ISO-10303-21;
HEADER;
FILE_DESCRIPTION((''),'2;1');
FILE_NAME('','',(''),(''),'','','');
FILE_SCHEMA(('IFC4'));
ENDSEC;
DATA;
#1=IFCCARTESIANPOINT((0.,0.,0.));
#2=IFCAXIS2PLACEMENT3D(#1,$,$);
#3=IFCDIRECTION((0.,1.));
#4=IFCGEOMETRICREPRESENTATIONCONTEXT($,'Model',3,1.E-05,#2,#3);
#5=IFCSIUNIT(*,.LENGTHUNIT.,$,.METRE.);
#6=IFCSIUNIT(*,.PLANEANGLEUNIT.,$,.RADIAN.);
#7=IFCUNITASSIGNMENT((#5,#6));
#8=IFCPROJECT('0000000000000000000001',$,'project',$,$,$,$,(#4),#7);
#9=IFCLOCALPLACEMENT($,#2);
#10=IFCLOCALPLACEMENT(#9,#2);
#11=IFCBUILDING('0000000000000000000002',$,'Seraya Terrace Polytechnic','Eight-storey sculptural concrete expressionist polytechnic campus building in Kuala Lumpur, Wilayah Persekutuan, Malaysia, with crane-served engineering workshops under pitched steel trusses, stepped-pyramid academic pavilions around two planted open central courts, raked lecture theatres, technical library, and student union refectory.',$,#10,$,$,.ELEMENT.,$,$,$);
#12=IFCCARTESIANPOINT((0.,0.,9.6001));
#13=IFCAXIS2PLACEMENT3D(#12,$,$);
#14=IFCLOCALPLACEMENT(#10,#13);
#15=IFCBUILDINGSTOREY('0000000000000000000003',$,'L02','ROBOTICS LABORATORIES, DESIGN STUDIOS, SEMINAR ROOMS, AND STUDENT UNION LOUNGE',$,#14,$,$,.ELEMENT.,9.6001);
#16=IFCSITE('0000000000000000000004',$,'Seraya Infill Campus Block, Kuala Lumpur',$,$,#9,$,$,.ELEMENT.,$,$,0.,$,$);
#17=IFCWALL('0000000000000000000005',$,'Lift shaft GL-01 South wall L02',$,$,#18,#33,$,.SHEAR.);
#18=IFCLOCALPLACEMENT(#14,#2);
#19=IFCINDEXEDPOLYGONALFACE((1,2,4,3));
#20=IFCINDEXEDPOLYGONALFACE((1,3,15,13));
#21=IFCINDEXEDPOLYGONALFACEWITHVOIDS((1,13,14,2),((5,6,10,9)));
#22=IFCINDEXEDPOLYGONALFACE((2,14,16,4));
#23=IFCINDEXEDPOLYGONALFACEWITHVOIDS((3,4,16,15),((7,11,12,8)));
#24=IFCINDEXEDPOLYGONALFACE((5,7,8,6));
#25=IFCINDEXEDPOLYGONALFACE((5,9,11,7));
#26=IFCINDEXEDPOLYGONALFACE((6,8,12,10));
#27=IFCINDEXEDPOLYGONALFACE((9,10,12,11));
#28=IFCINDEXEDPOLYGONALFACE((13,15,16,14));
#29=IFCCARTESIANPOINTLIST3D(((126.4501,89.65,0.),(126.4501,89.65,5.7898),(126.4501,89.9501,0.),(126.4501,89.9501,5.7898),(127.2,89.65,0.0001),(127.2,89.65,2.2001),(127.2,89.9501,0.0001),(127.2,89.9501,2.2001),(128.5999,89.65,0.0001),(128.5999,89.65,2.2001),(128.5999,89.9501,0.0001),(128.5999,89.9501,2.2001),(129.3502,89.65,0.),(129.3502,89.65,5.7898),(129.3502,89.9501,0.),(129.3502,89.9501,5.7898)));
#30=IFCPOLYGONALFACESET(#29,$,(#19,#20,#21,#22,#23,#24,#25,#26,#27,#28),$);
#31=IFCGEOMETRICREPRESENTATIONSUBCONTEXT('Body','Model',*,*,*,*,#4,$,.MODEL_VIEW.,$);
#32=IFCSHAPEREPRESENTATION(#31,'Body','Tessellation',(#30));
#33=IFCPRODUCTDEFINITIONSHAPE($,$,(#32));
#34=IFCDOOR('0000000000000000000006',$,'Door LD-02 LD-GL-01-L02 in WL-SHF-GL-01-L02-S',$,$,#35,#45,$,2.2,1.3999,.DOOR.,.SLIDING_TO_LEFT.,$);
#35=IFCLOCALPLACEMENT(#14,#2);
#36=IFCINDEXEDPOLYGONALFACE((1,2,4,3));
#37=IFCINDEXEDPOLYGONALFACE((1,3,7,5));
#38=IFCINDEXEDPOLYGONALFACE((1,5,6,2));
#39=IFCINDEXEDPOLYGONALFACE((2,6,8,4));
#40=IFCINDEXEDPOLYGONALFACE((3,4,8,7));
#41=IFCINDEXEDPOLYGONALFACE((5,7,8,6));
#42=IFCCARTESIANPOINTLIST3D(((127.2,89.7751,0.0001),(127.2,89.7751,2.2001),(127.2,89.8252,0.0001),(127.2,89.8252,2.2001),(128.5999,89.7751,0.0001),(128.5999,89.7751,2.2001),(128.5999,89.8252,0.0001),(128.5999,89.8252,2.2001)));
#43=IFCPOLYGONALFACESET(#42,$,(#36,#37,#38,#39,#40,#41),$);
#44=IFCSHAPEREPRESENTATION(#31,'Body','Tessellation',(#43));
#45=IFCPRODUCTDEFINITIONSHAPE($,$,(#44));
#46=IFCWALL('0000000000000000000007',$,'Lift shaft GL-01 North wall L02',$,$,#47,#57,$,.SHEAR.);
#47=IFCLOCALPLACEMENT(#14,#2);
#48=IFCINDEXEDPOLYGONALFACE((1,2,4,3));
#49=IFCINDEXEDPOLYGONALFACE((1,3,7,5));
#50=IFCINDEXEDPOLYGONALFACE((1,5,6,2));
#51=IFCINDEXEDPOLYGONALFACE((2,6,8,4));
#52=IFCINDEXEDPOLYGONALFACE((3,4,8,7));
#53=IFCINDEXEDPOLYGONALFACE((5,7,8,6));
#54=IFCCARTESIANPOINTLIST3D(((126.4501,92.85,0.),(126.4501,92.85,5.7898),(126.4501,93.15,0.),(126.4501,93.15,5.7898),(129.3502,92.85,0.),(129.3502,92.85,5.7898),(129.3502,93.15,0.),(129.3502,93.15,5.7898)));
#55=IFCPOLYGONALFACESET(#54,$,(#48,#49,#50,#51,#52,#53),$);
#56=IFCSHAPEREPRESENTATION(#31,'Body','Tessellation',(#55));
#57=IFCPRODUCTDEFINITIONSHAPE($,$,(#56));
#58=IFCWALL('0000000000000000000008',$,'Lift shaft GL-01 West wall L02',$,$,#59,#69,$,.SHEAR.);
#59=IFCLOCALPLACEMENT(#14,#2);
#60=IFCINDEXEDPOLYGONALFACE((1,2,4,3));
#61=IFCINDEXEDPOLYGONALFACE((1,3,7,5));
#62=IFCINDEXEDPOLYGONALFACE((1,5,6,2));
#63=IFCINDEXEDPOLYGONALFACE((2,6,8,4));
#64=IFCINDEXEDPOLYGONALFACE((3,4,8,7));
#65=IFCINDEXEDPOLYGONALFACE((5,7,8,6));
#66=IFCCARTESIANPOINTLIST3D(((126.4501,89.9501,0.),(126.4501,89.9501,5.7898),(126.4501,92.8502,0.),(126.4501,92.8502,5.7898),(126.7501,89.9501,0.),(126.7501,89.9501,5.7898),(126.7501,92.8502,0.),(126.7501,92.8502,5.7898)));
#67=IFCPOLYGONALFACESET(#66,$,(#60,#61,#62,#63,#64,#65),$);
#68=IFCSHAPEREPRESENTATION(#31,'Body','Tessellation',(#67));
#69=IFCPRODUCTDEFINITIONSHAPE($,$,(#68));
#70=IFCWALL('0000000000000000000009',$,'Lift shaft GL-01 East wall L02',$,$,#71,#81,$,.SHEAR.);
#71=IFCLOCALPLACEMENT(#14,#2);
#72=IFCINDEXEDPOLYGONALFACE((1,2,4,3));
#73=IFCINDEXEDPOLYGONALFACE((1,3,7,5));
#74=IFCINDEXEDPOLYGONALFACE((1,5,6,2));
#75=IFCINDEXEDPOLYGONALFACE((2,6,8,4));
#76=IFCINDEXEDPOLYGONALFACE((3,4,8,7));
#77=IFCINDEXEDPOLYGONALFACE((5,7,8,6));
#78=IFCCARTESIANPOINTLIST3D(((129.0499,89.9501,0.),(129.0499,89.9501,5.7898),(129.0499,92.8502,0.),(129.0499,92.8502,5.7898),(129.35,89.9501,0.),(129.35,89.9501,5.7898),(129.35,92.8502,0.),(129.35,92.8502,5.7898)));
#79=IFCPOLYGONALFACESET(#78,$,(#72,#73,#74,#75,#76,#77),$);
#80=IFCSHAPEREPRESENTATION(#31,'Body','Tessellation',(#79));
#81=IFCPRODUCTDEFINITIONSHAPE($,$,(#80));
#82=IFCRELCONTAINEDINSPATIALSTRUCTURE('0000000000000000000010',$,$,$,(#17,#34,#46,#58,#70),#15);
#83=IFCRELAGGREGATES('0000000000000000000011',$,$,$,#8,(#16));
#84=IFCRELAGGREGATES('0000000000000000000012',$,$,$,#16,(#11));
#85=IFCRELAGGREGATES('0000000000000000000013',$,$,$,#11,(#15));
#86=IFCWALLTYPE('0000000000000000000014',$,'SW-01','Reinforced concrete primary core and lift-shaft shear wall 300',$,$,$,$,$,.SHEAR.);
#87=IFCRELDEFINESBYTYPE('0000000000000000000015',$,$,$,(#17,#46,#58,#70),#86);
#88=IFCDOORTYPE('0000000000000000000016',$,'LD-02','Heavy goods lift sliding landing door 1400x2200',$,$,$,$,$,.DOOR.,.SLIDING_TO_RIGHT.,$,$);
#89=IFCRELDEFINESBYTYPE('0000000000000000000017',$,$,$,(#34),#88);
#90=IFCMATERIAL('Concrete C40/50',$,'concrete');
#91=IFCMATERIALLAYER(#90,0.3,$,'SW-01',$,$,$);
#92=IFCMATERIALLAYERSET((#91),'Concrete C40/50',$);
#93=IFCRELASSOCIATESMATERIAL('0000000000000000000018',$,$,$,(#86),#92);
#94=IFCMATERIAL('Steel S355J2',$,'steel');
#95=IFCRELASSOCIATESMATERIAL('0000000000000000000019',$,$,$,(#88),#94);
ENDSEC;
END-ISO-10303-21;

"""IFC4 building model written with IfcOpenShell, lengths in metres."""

from ifc_helpers import new_model, si_unit, direction, frame, frame_2d, origin, place, context, subcontext, project, spatial, rectangle, extrude, material, layer, layer_set, type_object, element, fill, save


model = new_model("IFC4")

# Units and contexts
model_context = context("Model", 3, precision=1e-05, world=origin(), true_north=direction((0.0, 1.0)))
body_context = subcontext(model_context, "Body", "Model", "MODEL_VIEW")
ifc_project = project(units=[si_unit("LENGTHUNIT", "METRE"), si_unit("PLANEANGLEUNIT", "RADIAN")], contexts=[model_context])

# Site, building, storey
site_placement = place(None, origin())
site = spatial("IfcSite", under=ifc_project, at=site_placement, Name="Seraya Infill Campus Block, Kuala Lumpur", CompositionType="ELEMENT", RefElevation=0.0)
building_placement = place(site_placement, origin())
building = spatial("IfcBuilding", under=site, at=building_placement, Name="Seraya Terrace Polytechnic", Description="Eight-storey sculptural concrete expressionist polytechnic campus building in Kuala Lumpur, Wilayah Persekutuan, Malaysia, with crane-served engineering workshops under pitched steel trusses, stepped-pyramid academic pavilions around two planted open central courts, raked lecture theatres, technical library, and student union refectory.", CompositionType="ELEMENT")
storey_placement = place(building_placement, frame((0.0, 0.0, 9.6001)))
storey = spatial("IfcBuildingStorey", under=building, at=storey_placement, Name="L02", Description="ROBOTICS LABORATORIES, DESIGN STUDIOS, SEMINAR ROOMS, AND STUDENT UNION LOUNGE", CompositionType="ELEMENT", Elevation=9.6001)

# Shared definitions
ifc_material_1 = material(Name="Concrete C40/50", Category="concrete")

# Wall, opening, door
ifc_layer_1 = layer(ifc_material_1, 0.3, Name="SW-01")
ifc_layer_set_1 = layer_set([ifc_layer_1], Name="Concrete C40/50")
wall_type_1 = type_object("IfcWallType", Name="SW-01", Description="Reinforced concrete primary core and lift-shaft shear wall 300", PredefinedType="SHEAR", material=ifc_layer_set_1)
wall_1_placement = place(storey_placement, frame((126.45, 89.8, 0.0), z_axis=(0.0, 0.0, 1.0), x_axis=(1.0, 0.0, 0.0)))
wall_1 = element("IfcWall", 1, at=wall_1_placement, inside=storey, type_object=wall_type_1, Name="Lift shaft GL-01 South wall L02", PredefinedType="SHEAR", context=body_context, shape_type="SweptSolid", body=[
    extrude(rectangle(XDim=2.9001, YDim=0.3, at=frame_2d((1.4502, 0.0))), origin(), (0.0, 0.0, 1.0), 5.7898),
])
opening_1_placement = place(wall_1_placement, frame((0.75, 0.0, 0.0)))
opening_1 = element("IfcOpeningElement", 2, at=opening_1_placement, cuts=wall_1, PredefinedType="OPENING", context=body_context, shape_type="SweptSolid", body=[
    extrude(rectangle(XDim=1.3999, YDim=2.2, at=frame_2d((0.7, 1.1001))), frame((0.0, 0.1621, 0.0), z_axis=(0.0, -1.0, 0.0), x_axis=(1.0, 0.0, 0.0)), (0.0, 0.0, 1.0), 0.324),
])
ifc_material_2 = material(Name="Steel S355J2", Category="steel")
door_type_1 = type_object("IfcDoorType", Name="LD-02", Description="Heavy goods lift sliding landing door 1400x2200", OperationType="SLIDING_TO_RIGHT", PredefinedType="DOOR", material=ifc_material_2)
door_1_placement = place(opening_1_placement, frame((1.3999, 0.0, 0.0), z_axis=(0.0, 0.0, 1.0), x_axis=(-1.0, 0.0, 0.0)))
door_1 = element("IfcDoor", 3, at=door_1_placement, inside=storey, type_object=door_type_1, Name="Door LD-02 LD-GL-01-L02 in WL-SHF-GL-01-L02-S", OperationType="SLIDING_TO_LEFT", OverallHeight=2.2, OverallWidth=1.3999, PredefinedType="DOOR", context=body_context, shape_type="SweptSolid", body=[
    extrude(rectangle(XDim=1.3999, YDim=2.2, at=frame_2d((0.7, 1.1001))), frame((0.0, 0.0249, 0.0), z_axis=(0.0, -1.0, 0.0), x_axis=(1.0, 0.0, 0.0)), (0.0, 0.0, 1.0), 0.05),
])
fill(opening_1, door_1)

# Walls
for number, where, z_axis, x_axis, name in (
    (4, (126.45, 93.0, 0.0), (0.0, 0.0, 1.0), (1.0, 0.0, 0.0), "Lift shaft GL-01 North wall L02"),
    (5, (126.6001, 89.95, 0.0), (0.0, 0.0, 1.0), (0.0, 1.0, 0.0), "Lift shaft GL-01 West wall L02"),
    (6, (129.2, 89.95, 0.0), (0.0, 0.0, 1.0), (0.0, 1.0, 0.0), "Lift shaft GL-01 East wall L02"),
):
    element("IfcWall", number, at=place(storey_placement, frame(where, z_axis=z_axis, x_axis=x_axis)), inside=storey, type_object=wall_type_1, Name=name, PredefinedType="SHEAR", context=body_context, shape_type="SweptSolid", body=[
        extrude(rectangle(XDim=2.9001, YDim=0.3, at=frame_2d((1.4502, 0.0))), origin(), (0.0, 0.0, 1.0), 5.7898),
    ])

save(model, "model.ifc")
